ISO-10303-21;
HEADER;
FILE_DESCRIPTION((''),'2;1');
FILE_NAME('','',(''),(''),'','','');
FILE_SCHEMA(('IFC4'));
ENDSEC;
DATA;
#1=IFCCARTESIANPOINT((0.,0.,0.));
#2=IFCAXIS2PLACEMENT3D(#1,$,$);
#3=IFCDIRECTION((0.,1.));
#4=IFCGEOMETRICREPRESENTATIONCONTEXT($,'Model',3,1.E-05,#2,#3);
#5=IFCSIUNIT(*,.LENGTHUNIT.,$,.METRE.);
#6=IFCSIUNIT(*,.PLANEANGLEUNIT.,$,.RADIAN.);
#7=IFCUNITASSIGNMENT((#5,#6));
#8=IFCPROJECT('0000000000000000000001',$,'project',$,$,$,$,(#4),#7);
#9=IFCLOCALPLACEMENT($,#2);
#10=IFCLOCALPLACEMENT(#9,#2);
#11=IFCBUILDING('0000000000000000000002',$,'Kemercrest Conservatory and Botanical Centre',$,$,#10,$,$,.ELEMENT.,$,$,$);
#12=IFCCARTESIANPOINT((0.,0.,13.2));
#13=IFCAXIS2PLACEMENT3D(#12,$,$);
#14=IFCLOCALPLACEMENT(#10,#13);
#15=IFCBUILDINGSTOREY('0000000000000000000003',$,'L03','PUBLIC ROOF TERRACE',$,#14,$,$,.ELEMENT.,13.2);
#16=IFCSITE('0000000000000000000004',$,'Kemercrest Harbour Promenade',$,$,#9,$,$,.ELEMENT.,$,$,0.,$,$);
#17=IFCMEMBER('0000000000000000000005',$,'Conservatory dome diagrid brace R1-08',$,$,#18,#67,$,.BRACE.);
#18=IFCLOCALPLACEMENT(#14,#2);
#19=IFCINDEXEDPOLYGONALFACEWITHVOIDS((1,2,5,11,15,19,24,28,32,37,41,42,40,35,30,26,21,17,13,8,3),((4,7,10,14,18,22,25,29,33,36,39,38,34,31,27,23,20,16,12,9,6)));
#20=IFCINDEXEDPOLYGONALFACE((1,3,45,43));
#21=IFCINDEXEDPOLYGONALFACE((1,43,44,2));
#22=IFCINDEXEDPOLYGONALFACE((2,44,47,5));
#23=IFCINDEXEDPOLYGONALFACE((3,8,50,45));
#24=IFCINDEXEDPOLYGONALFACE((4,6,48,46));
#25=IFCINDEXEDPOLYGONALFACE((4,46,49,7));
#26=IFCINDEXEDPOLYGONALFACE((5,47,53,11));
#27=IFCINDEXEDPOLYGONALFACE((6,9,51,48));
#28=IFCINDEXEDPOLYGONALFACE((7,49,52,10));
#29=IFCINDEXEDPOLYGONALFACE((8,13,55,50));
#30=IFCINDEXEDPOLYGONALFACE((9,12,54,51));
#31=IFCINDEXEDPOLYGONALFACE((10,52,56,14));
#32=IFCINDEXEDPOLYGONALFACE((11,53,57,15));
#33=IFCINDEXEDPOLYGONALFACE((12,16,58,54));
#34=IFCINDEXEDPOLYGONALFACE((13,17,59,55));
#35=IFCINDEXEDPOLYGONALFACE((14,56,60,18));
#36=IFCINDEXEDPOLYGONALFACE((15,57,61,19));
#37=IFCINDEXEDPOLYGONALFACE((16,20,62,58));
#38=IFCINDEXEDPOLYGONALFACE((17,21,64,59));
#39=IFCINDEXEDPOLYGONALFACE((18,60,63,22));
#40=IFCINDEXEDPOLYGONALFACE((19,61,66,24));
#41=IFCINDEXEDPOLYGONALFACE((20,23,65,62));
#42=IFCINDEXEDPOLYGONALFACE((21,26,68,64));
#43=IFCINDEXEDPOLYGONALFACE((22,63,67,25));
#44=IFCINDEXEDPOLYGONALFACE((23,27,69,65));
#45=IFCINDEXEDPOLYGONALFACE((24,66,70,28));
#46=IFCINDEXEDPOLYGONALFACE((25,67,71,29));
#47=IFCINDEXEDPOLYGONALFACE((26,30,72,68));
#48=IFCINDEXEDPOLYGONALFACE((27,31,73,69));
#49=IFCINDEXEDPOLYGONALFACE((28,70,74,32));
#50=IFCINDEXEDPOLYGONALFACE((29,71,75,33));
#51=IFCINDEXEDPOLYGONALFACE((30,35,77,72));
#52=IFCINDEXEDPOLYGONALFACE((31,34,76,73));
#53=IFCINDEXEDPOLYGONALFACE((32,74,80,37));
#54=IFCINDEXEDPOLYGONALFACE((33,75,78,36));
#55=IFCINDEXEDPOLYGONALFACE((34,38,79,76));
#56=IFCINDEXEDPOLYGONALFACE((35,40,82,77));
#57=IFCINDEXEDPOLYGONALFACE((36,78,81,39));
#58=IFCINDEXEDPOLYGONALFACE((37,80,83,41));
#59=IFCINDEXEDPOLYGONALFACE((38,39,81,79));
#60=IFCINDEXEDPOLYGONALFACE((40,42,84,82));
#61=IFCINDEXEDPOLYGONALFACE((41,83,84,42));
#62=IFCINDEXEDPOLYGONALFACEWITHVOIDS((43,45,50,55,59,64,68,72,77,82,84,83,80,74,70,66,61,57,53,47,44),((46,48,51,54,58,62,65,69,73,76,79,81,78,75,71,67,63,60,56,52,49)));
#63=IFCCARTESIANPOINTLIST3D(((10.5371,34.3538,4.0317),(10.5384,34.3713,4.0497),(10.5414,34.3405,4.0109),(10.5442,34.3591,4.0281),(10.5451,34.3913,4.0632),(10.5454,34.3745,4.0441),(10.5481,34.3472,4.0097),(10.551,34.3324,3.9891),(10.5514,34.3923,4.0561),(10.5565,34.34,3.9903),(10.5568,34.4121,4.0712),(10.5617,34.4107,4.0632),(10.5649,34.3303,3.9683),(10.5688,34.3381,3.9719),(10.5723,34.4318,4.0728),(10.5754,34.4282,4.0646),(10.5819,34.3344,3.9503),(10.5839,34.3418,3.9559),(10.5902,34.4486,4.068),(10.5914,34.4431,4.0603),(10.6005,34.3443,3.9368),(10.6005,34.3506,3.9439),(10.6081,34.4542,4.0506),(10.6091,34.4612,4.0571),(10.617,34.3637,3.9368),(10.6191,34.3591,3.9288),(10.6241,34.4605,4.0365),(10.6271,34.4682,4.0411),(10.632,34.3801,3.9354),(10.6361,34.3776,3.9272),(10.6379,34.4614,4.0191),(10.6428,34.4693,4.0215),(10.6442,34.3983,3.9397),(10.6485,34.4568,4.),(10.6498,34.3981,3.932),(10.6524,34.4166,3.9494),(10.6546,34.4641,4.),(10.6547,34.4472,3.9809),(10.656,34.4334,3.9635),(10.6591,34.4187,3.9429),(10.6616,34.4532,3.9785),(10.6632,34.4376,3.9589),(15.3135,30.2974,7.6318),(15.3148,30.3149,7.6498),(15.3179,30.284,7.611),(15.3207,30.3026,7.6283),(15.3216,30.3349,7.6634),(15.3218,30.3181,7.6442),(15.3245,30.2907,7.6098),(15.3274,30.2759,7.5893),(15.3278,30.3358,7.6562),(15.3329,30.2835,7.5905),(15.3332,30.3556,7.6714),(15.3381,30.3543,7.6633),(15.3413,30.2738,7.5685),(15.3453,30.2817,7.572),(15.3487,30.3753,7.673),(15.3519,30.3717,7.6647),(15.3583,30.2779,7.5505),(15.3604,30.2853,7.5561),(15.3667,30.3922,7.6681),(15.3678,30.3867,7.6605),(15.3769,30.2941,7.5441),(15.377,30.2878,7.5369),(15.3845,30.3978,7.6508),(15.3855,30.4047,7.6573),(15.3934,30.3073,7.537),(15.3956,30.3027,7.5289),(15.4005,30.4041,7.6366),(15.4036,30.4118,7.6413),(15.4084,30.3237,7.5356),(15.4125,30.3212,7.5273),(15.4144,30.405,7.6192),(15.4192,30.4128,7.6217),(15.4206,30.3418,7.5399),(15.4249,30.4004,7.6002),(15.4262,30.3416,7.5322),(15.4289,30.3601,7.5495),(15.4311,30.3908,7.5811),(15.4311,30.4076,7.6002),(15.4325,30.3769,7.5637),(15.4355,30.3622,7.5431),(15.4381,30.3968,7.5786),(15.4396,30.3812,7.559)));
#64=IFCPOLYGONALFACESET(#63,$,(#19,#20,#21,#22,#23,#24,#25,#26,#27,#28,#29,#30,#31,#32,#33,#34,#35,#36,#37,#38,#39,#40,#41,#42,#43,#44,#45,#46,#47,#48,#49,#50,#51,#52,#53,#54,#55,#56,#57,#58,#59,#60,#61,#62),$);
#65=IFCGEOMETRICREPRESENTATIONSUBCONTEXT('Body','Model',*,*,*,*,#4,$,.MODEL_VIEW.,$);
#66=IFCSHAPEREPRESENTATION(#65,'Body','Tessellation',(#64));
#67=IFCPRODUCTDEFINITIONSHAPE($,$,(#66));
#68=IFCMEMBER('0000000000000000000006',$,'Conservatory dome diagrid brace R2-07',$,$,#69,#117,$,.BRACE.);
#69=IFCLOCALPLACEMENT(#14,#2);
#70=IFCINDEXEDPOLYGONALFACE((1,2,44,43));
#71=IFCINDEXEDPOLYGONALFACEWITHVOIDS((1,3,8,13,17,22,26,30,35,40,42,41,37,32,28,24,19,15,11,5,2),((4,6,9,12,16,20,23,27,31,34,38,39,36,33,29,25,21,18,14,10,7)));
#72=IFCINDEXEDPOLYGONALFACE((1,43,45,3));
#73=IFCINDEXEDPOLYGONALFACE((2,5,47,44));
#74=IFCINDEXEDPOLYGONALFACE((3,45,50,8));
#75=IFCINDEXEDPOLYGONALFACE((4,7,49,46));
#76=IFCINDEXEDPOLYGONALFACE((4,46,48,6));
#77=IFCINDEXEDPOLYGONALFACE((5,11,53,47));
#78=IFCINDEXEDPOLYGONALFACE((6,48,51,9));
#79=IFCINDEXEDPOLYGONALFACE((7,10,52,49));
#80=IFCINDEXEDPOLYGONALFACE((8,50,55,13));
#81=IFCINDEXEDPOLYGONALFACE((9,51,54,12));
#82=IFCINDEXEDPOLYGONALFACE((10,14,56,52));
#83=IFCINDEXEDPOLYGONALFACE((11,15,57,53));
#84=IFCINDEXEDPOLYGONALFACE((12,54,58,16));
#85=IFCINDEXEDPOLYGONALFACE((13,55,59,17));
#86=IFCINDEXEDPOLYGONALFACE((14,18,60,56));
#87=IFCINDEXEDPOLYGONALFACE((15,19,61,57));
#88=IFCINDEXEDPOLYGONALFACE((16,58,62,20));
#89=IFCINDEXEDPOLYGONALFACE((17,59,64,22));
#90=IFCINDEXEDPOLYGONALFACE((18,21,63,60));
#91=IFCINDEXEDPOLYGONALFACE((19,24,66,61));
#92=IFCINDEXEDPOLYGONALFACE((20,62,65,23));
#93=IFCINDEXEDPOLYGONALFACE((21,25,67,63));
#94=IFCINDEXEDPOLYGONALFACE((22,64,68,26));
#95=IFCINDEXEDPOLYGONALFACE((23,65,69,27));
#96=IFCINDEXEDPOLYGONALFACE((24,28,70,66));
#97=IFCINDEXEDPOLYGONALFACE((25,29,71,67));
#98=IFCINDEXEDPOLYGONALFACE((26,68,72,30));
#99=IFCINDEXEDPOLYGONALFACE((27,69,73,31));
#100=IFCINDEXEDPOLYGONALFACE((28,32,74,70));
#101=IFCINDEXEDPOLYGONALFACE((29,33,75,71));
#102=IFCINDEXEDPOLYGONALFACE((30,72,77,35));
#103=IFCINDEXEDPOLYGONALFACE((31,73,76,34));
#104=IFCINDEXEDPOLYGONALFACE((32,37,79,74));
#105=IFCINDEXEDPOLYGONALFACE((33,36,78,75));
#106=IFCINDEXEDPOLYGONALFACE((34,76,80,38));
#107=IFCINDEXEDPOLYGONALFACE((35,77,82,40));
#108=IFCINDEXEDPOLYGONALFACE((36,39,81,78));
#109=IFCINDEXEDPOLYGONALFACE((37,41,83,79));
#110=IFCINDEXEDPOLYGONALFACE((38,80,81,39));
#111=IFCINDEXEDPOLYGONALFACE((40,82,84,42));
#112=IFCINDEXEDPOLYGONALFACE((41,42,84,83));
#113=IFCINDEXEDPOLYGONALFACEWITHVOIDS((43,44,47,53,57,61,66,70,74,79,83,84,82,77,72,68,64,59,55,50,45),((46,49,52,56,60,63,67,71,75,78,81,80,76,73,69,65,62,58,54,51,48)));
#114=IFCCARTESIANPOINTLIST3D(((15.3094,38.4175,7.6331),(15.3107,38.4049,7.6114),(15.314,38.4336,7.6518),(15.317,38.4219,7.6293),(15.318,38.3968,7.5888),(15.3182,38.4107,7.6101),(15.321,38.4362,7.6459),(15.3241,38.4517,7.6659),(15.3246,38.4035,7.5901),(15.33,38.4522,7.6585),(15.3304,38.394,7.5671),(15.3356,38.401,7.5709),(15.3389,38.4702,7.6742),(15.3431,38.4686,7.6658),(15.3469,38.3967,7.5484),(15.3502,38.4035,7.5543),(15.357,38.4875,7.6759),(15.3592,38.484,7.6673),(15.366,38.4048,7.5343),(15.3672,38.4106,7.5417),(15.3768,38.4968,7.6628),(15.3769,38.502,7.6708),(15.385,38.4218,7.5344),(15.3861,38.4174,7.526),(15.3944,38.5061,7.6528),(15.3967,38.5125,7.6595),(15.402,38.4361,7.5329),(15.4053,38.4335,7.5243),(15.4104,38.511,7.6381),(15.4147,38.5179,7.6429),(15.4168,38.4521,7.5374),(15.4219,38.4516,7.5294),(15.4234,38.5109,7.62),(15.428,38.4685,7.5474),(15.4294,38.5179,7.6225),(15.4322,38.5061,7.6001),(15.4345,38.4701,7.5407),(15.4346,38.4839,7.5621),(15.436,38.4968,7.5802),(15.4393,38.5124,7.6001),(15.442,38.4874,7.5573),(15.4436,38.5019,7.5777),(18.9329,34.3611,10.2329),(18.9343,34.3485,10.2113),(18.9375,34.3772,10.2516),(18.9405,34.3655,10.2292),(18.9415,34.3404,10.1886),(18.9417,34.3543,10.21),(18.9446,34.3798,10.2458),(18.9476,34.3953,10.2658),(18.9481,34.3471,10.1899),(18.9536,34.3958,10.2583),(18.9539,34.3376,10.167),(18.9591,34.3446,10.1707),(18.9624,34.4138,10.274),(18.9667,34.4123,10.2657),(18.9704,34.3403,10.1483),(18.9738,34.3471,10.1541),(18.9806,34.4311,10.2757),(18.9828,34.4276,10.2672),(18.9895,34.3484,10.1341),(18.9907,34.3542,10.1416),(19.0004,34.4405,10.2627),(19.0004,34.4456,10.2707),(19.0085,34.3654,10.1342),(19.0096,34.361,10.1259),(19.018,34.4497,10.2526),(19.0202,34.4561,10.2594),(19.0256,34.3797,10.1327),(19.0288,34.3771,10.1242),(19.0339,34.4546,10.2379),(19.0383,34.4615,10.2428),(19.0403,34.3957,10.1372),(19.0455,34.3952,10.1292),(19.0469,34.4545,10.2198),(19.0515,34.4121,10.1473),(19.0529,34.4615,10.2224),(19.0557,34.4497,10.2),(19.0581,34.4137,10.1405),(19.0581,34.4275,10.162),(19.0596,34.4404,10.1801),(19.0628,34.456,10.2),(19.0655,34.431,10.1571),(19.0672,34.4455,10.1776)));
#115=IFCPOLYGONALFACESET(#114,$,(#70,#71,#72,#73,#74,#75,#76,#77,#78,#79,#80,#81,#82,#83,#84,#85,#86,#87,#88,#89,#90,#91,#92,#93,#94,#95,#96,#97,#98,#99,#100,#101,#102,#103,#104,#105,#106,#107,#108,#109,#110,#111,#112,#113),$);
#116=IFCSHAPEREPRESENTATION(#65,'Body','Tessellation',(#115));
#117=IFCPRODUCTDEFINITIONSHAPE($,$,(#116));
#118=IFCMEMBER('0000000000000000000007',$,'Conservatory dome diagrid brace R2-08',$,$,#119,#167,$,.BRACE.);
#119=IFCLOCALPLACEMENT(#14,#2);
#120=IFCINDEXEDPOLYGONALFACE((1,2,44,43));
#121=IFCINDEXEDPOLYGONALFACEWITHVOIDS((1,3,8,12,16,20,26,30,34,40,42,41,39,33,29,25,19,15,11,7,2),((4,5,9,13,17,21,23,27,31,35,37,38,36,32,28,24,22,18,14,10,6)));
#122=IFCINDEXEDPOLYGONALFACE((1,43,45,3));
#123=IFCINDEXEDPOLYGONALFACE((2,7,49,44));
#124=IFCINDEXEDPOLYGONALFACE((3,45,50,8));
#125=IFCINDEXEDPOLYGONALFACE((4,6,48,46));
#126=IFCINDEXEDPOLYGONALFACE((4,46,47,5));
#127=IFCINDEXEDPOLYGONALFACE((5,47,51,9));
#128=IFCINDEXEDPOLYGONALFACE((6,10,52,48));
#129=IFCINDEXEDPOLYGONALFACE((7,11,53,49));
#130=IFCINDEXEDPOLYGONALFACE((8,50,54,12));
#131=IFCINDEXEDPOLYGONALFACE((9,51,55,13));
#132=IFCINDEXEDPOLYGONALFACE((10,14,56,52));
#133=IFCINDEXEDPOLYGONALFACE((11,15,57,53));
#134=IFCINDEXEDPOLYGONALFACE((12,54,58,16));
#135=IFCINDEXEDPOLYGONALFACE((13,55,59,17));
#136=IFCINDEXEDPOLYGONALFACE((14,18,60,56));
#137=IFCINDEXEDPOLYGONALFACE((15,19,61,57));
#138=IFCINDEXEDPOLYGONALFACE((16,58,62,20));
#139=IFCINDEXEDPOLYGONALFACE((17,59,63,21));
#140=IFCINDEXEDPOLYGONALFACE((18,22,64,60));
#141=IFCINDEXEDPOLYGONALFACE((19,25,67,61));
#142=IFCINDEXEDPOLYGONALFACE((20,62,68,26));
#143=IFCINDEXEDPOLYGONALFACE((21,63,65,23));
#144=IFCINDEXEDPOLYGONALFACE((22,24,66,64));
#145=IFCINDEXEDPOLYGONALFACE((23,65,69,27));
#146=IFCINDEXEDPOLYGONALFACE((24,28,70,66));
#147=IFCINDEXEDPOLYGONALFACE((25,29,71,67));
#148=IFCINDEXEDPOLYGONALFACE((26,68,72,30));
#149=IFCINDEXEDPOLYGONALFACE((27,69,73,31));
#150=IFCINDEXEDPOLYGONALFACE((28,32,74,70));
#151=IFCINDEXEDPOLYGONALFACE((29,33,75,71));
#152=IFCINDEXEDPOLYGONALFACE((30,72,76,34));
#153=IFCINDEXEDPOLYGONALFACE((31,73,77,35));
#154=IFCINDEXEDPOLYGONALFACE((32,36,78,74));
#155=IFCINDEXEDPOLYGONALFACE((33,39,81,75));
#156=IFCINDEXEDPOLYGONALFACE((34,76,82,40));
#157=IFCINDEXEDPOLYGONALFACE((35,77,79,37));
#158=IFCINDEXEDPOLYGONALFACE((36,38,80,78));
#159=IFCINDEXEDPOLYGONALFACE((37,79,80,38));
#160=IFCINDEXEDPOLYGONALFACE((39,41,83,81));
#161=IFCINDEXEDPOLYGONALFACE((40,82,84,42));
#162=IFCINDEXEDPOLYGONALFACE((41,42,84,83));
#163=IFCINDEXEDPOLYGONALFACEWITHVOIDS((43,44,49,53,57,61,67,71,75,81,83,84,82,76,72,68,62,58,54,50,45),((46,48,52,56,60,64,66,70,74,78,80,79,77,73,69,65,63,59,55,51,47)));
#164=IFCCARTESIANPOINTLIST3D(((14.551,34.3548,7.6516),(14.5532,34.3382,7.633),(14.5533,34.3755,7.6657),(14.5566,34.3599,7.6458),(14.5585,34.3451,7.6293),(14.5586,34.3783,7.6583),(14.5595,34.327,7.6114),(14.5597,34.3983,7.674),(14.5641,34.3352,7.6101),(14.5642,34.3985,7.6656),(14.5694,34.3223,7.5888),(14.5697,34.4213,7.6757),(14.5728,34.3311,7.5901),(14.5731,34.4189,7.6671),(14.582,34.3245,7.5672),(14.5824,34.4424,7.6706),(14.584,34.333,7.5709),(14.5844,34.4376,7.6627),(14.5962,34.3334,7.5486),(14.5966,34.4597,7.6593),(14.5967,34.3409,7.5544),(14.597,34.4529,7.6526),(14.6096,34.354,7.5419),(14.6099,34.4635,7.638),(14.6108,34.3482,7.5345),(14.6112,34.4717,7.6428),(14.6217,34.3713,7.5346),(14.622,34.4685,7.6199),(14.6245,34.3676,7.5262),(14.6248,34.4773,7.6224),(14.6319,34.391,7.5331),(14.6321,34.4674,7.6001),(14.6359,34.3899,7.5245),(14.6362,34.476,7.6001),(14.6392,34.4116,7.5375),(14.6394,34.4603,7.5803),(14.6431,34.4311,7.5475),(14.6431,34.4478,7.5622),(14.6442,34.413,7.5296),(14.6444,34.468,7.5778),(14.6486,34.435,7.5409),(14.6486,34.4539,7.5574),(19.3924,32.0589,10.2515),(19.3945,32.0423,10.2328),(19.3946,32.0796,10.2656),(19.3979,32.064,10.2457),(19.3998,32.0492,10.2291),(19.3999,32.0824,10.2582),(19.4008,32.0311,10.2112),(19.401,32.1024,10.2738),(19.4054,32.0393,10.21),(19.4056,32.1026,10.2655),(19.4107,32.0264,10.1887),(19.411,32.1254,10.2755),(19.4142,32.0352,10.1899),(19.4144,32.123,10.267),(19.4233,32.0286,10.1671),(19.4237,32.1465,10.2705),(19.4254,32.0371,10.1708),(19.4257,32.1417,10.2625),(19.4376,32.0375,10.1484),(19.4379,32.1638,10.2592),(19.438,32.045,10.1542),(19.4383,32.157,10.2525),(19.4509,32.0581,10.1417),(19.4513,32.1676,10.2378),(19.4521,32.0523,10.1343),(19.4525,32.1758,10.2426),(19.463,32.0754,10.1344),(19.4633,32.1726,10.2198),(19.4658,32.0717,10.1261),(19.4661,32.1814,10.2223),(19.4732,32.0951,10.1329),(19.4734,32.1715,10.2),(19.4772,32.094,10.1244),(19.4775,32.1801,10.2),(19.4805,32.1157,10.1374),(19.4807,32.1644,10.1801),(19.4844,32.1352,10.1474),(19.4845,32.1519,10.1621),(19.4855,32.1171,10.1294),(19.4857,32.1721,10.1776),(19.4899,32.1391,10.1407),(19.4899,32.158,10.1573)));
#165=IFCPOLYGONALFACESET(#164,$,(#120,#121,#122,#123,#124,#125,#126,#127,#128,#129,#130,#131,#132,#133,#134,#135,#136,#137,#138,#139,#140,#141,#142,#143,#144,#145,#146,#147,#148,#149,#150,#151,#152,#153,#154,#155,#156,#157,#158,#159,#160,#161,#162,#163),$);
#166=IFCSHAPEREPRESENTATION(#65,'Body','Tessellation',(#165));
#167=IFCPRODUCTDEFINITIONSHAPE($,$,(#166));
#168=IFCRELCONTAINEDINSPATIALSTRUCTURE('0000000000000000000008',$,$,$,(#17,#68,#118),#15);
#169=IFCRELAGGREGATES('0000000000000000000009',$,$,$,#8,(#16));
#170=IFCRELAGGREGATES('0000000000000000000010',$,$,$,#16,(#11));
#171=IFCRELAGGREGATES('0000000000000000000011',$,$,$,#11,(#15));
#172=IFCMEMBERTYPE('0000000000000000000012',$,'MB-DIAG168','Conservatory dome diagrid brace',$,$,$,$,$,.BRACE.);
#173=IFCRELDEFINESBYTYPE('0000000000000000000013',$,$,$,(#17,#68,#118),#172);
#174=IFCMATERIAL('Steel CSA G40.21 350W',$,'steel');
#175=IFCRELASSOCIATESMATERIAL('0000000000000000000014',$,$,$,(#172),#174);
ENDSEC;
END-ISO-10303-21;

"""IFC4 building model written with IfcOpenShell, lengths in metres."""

from ifc_helpers import new_model, si_unit, direction, frame, origin, origin_2d, place, context, subcontext, project, spatial, hollow_circle, extrude, material, material_profile, profile_set, type_object, element, save


model = new_model("IFC4")

# Units and contexts
model_context = context("Model", 3, precision=1e-05, world=origin(), true_north=direction((0.0, 1.0)))
body_context = subcontext(model_context, "Body", "Model", "MODEL_VIEW")
ifc_project = project(units=[si_unit("LENGTHUNIT", "METRE"), si_unit("PLANEANGLEUNIT", "RADIAN")], contexts=[model_context])

# Site, building, storey
site_placement = place(None, origin())
site = spatial("IfcSite", under=ifc_project, at=site_placement, Name="Kemercrest Harbour Promenade", CompositionType="ELEMENT", RefElevation=0.0)
building_placement = place(site_placement, origin())
building = spatial("IfcBuilding", under=site, at=building_placement, Name="Kemercrest Conservatory and Botanical Centre", CompositionType="ELEMENT")
storey_placement = place(building_placement, frame((0.0, 0.0, 13.2)))
storey = spatial("IfcBuildingStorey", under=building, at=storey_placement, Name="L03", Description="PUBLIC ROOF TERRACE", CompositionType="ELEMENT", Elevation=13.2)

# Shared definitions
ifc_material_1 = material(Name="Steel CSA G40.21 350W", Category="steel")

# Members
ifc_material_profile_1 = material_profile(ifc_material_1, hollow_circle(Radius=0.0842, WallThickness=0.0095, at=origin_2d()), Name="CHS 168.3x9.5")
ifc_profile_set_1 = profile_set([ifc_material_profile_1], Name="Steel CSA G40.21 350W")
member_type_1 = type_object("IfcMemberType", Name="MB-DIAG168", Description="Conservatory dome diagrid brace", PredefinedType="BRACE", material=ifc_profile_set_1)
member_1_placement = place(storey_placement, frame((10.6001, 34.3999, 4.0), z_axis=(0.660911, -0.561288, 0.498149), x_axis=(0.647323, 0.762216, 0.0)))
element("IfcMember", 1, at=member_1_placement, inside=storey, type_object=member_type_1, Name="Conservatory dome diagrid brace R1-08", PredefinedType="BRACE", context=body_context, shape_type="SweptSolid", body=[
    extrude(hollow_circle(Radius=0.0842, WallThickness=0.0095, at=origin_2d()), origin(), (0.0, 0.0, 1.0), 7.2271),
])
member_2_placement = place(storey_placement, frame((15.3765, 38.4563, 7.6001), z_axis=(0.601061, -0.672863, 0.431256), x_axis=(0.745778, 0.666195, 0.0)))
element("IfcMember", 2, at=member_2_placement, inside=storey, type_object=member_type_1, Name="Conservatory dome diagrid brace R2-07", PredefinedType="BRACE", context=body_context, shape_type="SweptSolid", body=[
    extrude(hollow_circle(Radius=0.0842, WallThickness=0.0095, at=origin_2d()), origin(), (0.0, 0.0, 1.0), 6.0286),
])
member_3_placement = place(storey_placement, frame((14.6001, 34.3999, 7.6001), z_axis=(0.812906, -0.385505, 0.436542), x_axis=(0.42849, 0.903547, 0.0)))
element("IfcMember", 3, at=member_3_placement, inside=storey, type_object=member_type_1, Name="Conservatory dome diagrid brace R2-08", PredefinedType="BRACE", context=body_context, shape_type="SweptSolid", body=[
    extrude(hollow_circle(Radius=0.0842, WallThickness=0.0095, at=origin_2d()), origin(), (0.0, 0.0, 1.0), 5.9556),
])

save(model, "model.ifc")
